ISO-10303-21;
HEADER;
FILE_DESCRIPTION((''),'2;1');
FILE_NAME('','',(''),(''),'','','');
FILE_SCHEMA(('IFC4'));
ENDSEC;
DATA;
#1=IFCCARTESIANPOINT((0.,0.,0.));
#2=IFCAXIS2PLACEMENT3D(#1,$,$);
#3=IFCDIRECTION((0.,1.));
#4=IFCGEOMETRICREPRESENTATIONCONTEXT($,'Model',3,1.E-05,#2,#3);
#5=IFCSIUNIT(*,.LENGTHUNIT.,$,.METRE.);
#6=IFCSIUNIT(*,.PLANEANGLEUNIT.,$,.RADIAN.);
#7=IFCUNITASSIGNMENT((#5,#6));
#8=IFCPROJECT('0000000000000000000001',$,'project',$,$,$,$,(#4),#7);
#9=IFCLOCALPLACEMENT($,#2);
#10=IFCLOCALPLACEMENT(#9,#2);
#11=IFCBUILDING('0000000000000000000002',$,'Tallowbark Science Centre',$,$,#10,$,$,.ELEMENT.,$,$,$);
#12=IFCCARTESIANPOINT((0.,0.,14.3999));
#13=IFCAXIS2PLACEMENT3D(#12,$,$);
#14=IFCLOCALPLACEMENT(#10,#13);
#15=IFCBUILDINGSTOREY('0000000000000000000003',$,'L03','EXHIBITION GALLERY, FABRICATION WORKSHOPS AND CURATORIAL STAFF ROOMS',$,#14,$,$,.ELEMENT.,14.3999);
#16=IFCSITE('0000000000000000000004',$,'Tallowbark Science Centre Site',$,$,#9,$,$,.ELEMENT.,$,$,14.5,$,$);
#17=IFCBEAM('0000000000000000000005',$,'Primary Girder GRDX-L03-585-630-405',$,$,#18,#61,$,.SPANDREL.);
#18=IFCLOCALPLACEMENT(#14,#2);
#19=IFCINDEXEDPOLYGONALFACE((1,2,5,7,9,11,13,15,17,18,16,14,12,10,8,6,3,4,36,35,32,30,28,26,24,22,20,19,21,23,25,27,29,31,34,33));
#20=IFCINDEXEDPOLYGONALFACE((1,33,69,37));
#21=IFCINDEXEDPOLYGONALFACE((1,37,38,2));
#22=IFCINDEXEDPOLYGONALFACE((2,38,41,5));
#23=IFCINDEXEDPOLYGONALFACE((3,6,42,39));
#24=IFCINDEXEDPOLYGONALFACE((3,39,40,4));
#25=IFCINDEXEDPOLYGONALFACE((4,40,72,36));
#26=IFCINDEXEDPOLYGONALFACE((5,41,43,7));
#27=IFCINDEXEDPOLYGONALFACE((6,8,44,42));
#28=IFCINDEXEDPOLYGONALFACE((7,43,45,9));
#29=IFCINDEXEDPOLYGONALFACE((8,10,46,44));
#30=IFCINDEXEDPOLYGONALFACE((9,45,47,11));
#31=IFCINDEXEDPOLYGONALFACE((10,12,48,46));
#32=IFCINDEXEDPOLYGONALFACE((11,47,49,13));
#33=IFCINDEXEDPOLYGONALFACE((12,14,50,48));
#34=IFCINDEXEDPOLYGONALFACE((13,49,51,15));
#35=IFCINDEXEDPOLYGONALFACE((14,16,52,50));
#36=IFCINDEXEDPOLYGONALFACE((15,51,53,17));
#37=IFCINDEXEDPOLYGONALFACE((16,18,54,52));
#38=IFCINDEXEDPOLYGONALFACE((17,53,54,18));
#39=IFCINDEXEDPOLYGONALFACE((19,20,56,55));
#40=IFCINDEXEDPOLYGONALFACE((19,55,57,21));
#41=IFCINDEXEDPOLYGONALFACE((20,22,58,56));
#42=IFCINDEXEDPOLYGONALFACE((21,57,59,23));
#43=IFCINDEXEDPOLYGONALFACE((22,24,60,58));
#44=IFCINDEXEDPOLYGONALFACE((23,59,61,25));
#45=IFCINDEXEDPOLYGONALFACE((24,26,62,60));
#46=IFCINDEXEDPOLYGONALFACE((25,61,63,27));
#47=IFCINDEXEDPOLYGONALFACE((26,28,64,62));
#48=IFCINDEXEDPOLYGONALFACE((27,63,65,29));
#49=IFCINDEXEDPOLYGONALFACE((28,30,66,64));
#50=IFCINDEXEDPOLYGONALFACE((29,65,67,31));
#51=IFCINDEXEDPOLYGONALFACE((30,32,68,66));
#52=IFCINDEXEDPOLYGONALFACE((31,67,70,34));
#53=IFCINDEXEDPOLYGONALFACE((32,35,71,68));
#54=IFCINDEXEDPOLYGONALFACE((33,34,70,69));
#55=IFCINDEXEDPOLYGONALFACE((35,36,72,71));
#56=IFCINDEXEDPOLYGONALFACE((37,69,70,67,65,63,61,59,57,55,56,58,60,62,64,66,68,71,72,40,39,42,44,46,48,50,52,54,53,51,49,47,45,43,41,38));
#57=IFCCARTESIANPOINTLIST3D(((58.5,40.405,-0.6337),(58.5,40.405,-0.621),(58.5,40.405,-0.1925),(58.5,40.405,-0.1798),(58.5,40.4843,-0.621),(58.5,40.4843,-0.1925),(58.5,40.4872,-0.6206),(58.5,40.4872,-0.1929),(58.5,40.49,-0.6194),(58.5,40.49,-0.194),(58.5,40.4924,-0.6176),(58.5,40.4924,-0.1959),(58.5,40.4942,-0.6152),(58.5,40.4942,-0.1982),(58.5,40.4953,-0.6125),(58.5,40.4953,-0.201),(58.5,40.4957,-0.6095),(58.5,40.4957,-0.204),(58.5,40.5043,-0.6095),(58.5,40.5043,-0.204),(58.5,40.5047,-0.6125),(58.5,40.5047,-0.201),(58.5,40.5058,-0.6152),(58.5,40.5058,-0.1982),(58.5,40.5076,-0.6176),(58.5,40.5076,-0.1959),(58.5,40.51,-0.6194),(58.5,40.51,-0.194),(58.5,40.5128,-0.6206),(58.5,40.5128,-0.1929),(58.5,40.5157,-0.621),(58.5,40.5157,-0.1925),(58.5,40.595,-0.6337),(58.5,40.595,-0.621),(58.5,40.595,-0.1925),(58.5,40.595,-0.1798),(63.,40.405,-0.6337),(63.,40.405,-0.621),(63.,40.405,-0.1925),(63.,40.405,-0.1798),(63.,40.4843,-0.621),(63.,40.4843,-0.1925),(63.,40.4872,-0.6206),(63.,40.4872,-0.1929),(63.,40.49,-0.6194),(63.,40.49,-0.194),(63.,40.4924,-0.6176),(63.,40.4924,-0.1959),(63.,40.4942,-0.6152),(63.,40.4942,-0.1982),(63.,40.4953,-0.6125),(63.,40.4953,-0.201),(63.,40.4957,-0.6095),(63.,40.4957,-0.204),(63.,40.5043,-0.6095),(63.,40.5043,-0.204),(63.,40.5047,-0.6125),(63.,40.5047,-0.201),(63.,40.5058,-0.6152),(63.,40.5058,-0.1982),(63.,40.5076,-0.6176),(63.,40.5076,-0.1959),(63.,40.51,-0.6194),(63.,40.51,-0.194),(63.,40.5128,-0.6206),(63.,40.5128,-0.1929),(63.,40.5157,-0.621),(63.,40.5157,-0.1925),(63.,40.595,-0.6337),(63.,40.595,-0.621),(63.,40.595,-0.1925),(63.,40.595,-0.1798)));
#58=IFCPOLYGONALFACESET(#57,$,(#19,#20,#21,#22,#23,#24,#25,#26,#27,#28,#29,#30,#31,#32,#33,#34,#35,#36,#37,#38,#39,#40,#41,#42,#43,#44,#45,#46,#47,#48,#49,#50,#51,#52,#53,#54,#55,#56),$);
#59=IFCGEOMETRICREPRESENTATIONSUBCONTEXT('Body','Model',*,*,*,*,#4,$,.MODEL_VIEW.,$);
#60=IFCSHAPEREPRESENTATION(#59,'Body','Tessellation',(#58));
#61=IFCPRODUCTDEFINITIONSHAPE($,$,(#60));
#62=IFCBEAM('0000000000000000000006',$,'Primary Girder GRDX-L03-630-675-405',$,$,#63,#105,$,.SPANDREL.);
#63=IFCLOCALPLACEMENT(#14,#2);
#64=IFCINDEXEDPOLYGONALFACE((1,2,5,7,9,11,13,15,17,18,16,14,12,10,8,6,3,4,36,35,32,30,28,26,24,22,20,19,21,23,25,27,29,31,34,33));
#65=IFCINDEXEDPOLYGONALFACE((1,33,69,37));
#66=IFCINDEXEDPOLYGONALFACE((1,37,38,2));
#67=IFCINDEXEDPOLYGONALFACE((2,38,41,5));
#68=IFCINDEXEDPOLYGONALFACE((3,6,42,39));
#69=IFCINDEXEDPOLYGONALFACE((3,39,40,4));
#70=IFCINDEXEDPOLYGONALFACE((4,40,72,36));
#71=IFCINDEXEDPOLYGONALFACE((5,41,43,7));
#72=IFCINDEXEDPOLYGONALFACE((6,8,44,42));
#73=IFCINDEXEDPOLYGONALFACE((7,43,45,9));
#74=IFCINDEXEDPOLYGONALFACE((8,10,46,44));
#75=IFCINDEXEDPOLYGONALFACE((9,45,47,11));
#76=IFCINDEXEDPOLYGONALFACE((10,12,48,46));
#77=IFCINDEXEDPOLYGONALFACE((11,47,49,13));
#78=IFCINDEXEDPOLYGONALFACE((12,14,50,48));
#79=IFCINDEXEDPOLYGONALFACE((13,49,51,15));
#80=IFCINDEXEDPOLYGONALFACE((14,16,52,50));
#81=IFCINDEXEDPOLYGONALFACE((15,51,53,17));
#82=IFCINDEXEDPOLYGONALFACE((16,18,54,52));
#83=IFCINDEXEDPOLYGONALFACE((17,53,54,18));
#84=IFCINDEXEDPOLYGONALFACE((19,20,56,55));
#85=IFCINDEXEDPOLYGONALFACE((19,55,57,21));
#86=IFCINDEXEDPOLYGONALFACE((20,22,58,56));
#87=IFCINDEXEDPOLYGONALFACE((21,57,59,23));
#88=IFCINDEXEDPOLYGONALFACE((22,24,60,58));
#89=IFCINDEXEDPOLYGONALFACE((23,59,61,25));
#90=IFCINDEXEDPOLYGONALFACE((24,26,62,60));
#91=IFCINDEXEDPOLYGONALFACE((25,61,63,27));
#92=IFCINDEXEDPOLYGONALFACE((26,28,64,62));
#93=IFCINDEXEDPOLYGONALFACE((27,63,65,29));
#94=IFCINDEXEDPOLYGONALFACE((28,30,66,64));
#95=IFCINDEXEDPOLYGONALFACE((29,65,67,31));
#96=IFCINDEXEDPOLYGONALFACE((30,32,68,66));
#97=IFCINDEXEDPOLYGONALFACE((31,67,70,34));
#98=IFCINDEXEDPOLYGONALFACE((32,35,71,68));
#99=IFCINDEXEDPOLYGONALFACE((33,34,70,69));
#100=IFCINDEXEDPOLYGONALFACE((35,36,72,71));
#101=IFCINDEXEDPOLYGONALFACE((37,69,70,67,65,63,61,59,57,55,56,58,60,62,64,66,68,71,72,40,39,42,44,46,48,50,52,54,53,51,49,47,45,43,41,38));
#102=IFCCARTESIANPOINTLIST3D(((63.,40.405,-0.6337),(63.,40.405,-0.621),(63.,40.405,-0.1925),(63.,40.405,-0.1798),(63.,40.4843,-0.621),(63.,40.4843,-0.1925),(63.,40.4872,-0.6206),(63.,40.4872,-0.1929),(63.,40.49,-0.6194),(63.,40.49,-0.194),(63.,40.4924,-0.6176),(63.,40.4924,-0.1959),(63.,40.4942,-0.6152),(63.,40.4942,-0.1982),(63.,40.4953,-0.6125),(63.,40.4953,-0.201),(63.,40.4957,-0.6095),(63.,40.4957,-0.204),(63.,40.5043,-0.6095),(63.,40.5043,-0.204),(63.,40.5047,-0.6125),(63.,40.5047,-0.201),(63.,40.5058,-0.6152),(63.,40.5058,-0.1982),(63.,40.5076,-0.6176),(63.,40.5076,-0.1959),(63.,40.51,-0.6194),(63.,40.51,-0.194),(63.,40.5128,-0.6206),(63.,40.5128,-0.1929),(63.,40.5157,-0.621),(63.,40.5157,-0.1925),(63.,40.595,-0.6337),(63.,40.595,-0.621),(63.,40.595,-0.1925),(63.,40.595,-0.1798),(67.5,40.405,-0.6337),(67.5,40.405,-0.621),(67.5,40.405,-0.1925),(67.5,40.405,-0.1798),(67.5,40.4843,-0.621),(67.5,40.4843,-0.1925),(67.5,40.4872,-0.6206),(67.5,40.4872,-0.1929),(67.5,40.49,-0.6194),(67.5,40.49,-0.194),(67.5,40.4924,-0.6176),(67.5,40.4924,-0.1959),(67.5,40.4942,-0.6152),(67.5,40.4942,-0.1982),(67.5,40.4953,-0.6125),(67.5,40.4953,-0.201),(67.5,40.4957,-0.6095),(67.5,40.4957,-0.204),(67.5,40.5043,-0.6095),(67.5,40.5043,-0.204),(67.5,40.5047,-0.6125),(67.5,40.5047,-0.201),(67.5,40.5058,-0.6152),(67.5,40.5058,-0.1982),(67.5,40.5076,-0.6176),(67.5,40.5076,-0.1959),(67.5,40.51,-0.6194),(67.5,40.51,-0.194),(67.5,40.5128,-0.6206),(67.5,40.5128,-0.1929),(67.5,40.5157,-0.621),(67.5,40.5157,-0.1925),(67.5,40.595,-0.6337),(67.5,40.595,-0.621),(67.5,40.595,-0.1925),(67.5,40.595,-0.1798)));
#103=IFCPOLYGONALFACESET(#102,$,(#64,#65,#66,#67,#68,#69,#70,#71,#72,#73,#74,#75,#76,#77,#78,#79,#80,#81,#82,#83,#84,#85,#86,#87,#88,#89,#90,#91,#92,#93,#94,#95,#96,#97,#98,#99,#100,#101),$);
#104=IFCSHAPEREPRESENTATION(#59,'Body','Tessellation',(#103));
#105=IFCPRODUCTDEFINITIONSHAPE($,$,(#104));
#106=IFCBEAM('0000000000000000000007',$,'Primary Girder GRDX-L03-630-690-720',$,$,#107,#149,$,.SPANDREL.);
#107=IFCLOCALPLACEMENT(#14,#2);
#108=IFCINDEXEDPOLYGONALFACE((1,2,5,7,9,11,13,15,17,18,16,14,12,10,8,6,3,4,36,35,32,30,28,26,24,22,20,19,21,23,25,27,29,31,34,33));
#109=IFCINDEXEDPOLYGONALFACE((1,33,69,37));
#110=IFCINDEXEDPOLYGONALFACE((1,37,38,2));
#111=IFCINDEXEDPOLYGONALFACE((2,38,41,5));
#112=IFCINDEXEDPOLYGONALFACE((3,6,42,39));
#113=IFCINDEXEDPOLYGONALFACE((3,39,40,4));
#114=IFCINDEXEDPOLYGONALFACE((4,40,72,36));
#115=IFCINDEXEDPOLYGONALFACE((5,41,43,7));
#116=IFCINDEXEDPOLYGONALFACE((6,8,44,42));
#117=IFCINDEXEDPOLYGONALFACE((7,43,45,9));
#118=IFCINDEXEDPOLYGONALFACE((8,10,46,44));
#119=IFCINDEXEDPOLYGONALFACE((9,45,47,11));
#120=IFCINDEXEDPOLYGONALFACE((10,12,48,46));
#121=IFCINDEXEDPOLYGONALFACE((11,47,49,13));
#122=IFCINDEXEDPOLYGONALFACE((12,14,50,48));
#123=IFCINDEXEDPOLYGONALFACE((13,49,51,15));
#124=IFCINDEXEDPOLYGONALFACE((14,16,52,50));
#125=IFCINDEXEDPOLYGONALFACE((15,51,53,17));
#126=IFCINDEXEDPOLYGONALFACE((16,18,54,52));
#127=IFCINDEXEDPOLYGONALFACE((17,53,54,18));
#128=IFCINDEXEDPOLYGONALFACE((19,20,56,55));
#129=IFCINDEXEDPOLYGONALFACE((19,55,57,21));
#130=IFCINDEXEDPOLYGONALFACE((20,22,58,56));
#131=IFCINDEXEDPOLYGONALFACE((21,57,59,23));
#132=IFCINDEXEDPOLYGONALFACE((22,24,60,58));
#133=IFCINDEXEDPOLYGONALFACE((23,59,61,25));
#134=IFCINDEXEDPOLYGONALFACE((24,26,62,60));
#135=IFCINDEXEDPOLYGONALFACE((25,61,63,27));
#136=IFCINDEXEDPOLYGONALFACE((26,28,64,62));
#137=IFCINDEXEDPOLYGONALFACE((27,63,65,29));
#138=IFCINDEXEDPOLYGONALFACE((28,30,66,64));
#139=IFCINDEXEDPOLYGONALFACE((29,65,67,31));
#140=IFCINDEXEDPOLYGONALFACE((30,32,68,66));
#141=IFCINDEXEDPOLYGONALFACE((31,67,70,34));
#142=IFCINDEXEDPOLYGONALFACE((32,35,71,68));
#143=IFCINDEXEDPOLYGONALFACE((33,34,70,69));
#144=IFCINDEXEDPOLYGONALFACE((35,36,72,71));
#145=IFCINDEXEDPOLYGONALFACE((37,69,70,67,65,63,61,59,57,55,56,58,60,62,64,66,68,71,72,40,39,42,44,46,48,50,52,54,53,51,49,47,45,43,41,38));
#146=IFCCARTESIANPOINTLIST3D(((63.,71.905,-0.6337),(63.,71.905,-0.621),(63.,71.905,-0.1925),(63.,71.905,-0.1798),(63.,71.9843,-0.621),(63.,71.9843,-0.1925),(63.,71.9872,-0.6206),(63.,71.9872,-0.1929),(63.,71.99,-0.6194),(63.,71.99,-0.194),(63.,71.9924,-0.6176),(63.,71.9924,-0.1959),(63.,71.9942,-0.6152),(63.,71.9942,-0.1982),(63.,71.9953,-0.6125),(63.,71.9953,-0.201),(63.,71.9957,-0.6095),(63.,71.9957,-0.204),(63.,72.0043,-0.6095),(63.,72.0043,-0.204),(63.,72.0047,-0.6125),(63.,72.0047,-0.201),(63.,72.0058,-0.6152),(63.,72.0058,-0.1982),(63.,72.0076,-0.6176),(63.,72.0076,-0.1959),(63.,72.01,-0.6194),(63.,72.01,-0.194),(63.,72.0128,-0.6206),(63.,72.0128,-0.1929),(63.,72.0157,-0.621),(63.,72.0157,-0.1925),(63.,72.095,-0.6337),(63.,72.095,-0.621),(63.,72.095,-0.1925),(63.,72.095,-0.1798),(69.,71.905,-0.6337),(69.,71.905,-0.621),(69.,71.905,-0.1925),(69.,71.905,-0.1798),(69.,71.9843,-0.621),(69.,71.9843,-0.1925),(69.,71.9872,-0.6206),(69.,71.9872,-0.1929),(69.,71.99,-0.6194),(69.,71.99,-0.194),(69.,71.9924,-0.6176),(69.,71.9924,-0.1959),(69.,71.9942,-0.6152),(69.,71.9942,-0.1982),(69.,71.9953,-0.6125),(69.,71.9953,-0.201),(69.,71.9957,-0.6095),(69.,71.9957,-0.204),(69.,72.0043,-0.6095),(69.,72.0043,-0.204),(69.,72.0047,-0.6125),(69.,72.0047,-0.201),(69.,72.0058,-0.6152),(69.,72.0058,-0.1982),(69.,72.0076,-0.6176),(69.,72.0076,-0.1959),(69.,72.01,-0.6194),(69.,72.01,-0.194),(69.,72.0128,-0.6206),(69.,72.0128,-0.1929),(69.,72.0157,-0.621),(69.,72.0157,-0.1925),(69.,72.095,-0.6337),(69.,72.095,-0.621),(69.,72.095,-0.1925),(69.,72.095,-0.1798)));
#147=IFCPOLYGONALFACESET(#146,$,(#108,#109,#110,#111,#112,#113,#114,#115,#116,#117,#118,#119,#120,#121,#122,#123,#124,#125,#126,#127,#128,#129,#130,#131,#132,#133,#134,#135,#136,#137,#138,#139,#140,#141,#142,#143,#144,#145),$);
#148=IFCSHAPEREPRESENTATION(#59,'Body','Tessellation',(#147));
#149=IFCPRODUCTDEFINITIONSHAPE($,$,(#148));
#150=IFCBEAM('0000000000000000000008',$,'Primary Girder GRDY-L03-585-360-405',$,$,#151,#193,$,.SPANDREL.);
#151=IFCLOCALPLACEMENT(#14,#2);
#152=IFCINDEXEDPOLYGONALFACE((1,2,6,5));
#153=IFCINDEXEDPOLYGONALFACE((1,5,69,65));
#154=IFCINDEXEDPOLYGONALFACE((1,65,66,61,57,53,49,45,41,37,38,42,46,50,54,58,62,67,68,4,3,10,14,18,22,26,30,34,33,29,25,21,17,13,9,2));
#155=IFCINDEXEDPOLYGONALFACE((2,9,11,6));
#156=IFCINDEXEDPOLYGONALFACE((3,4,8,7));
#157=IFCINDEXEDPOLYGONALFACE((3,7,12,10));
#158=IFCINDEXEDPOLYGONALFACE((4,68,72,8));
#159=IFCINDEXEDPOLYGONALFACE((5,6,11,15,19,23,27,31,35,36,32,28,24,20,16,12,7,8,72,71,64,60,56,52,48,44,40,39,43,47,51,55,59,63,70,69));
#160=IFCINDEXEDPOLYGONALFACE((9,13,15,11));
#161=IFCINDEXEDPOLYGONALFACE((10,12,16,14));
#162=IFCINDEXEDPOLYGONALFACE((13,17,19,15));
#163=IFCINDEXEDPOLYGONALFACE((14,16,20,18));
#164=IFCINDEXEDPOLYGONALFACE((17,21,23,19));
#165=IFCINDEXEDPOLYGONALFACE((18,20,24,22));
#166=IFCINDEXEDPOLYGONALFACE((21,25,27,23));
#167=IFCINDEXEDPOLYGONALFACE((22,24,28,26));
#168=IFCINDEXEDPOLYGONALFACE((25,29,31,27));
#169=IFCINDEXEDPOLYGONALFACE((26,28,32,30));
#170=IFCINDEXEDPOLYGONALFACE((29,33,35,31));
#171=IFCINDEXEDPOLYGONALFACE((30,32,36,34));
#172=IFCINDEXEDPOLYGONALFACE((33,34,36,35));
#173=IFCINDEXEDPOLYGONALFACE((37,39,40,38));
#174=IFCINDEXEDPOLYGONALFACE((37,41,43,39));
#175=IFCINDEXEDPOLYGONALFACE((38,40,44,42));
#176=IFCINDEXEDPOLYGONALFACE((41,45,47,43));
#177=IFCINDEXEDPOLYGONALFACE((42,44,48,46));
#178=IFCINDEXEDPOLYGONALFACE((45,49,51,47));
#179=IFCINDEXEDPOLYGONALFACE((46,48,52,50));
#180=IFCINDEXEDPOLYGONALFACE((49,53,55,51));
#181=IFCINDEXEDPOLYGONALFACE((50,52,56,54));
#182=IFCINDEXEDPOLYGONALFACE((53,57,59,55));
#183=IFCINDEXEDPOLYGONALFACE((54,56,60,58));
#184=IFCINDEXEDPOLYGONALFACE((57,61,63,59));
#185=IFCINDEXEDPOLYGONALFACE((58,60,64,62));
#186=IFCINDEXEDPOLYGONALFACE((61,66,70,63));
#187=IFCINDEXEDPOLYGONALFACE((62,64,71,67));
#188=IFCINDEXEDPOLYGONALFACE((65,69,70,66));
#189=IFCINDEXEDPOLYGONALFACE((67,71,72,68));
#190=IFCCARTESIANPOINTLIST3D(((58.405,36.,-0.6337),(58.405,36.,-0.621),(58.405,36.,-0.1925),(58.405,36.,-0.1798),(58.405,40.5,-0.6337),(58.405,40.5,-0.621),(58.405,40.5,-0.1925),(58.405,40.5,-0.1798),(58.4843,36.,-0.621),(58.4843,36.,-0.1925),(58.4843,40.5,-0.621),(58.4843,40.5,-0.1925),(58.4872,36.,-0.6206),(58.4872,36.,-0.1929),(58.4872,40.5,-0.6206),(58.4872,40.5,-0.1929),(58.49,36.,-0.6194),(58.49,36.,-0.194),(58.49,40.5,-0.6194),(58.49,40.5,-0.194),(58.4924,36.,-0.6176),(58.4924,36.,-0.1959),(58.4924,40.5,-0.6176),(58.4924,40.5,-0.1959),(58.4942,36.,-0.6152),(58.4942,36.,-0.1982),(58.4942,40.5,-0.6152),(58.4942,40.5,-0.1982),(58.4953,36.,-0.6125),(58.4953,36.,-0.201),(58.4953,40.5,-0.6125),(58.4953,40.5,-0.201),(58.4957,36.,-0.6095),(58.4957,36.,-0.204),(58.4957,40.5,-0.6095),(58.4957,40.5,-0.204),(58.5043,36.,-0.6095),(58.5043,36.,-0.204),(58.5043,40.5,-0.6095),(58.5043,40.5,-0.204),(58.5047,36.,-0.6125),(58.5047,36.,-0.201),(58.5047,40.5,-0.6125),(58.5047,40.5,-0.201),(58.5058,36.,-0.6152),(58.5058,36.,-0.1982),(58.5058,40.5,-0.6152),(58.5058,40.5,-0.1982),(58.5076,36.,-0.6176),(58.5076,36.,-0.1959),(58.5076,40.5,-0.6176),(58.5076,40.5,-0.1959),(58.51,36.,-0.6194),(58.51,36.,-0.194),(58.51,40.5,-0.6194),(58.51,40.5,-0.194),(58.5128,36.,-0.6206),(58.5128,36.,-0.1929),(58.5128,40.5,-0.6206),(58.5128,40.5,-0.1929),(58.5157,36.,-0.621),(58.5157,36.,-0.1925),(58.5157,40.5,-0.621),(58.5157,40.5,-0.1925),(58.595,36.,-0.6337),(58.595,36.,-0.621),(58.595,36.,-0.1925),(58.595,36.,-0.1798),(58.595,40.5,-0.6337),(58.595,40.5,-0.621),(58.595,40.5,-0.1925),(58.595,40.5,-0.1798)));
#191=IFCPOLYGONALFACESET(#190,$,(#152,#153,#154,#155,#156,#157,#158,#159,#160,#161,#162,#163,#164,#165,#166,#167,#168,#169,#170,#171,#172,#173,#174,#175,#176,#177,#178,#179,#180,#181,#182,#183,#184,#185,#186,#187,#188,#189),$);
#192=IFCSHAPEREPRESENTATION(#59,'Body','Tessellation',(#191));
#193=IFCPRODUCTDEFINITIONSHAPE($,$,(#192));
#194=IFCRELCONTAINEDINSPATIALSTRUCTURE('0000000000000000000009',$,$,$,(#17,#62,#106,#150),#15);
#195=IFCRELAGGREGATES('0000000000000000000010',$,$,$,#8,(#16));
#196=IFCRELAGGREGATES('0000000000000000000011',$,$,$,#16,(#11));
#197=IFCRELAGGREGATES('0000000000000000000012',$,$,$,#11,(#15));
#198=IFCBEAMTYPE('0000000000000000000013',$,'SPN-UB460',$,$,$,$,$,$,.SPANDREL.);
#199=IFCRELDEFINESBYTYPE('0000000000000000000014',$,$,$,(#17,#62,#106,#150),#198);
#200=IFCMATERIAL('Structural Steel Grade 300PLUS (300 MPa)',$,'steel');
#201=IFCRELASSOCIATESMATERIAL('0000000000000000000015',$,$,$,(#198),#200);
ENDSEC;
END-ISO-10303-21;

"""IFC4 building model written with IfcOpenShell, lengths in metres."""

from ifc_helpers import new_model, si_unit, direction, frame, origin, origin_2d, place, context, subcontext, project, spatial, i_section, extrude, material, material_profile, profile_set, type_object, element, save


model = new_model("IFC4")

# Units and contexts
model_context = context("Model", 3, precision=1e-05, world=origin(), true_north=direction((0.0, 1.0)))
body_context = subcontext(model_context, "Body", "Model", "MODEL_VIEW")
ifc_project = project(units=[si_unit("LENGTHUNIT", "METRE"), si_unit("PLANEANGLEUNIT", "RADIAN")], contexts=[model_context])

# Site, building, storey
site_placement = place(None, origin())
site = spatial("IfcSite", under=ifc_project, at=site_placement, Name="Tallowbark Science Centre Site", CompositionType="ELEMENT", RefElevation=14.5)
building_placement = place(site_placement, origin())
building = spatial("IfcBuilding", under=site, at=building_placement, Name="Tallowbark Science Centre", CompositionType="ELEMENT")
storey_placement = place(building_placement, frame((0.0, 0.0, 14.3999)))
storey = spatial("IfcBuildingStorey", under=building, at=storey_placement, Name="L03", Description="EXHIBITION GALLERY, FABRICATION WORKSHOPS AND CURATORIAL STAFF ROOMS", CompositionType="ELEMENT", Elevation=14.3999)

# Shared definitions
ifc_material_1 = material(Name="Structural Steel Grade 300PLUS (300 MPa)", Category="steel")

# Beams
ifc_material_profile_1 = material_profile(ifc_material_1, i_section(OverallWidth=0.1899, OverallDepth=0.4539, WebThickness=0.0085, FlangeThickness=0.0127, FilletRadius=0.0115, at=origin_2d()), Name="460UB67.1")
ifc_profile_set_1 = profile_set([ifc_material_profile_1], Name="Structural Steel Grade 300PLUS (300 MPa)")
beam_type_1 = type_object("IfcBeamType", Name="SPN-UB460", PredefinedType="SPANDREL", material=ifc_profile_set_1)
for number, where, z_axis, x_axis, name in (
    (1, (58.5, 40.5, -0.4067), (1.0, 0.0, 0.0), (0.0, 1.0, 0.0), "Primary Girder GRDX-L03-585-630-405"),
    (2, (63.0, 40.5, -0.4067), (1.0, 0.0, 0.0), (0.0, 1.0, 0.0), "Primary Girder GRDX-L03-630-675-405"),
):
    element("IfcBeam", number, at=place(storey_placement, frame(where, z_axis=z_axis, x_axis=x_axis)), inside=storey, type_object=beam_type_1, Name=name, PredefinedType="SPANDREL", context=body_context, shape_type="SweptSolid", body=[
        extrude(i_section(OverallWidth=0.1899, OverallDepth=0.4539, WebThickness=0.0085, FlangeThickness=0.0127, FilletRadius=0.0115, at=origin_2d()), origin(), (0.0, 0.0, 1.0), 4.5),
    ])
beam_1_placement = place(storey_placement, frame((63.0, 72.0, -0.4067), z_axis=(1.0, 0.0, 0.0), x_axis=(0.0, 1.0, 0.0)))
element("IfcBeam", 3, at=beam_1_placement, inside=storey, type_object=beam_type_1, Name="Primary Girder GRDX-L03-630-690-720", PredefinedType="SPANDREL", context=body_context, shape_type="SweptSolid", body=[
    extrude(i_section(OverallWidth=0.1899, OverallDepth=0.4539, WebThickness=0.0085, FlangeThickness=0.0127, FilletRadius=0.0115, at=origin_2d()), origin(), (0.0, 0.0, 1.0), 6.0),
])
beam_2_placement = place(storey_placement, frame((58.5, 36.0, -0.4067), z_axis=(0.0, 1.0, 0.0), x_axis=(-1.0, 0.0, 0.0)))
element("IfcBeam", 4, at=beam_2_placement, inside=storey, type_object=beam_type_1, Name="Primary Girder GRDY-L03-585-360-405", PredefinedType="SPANDREL", context=body_context, shape_type="SweptSolid", body=[
    extrude(i_section(OverallWidth=0.1899, OverallDepth=0.4539, WebThickness=0.0085, FlangeThickness=0.0127, FilletRadius=0.0115, at=origin_2d()), origin(), (0.0, 0.0, 1.0), 4.5),
])

save(model, "model.ifc")
